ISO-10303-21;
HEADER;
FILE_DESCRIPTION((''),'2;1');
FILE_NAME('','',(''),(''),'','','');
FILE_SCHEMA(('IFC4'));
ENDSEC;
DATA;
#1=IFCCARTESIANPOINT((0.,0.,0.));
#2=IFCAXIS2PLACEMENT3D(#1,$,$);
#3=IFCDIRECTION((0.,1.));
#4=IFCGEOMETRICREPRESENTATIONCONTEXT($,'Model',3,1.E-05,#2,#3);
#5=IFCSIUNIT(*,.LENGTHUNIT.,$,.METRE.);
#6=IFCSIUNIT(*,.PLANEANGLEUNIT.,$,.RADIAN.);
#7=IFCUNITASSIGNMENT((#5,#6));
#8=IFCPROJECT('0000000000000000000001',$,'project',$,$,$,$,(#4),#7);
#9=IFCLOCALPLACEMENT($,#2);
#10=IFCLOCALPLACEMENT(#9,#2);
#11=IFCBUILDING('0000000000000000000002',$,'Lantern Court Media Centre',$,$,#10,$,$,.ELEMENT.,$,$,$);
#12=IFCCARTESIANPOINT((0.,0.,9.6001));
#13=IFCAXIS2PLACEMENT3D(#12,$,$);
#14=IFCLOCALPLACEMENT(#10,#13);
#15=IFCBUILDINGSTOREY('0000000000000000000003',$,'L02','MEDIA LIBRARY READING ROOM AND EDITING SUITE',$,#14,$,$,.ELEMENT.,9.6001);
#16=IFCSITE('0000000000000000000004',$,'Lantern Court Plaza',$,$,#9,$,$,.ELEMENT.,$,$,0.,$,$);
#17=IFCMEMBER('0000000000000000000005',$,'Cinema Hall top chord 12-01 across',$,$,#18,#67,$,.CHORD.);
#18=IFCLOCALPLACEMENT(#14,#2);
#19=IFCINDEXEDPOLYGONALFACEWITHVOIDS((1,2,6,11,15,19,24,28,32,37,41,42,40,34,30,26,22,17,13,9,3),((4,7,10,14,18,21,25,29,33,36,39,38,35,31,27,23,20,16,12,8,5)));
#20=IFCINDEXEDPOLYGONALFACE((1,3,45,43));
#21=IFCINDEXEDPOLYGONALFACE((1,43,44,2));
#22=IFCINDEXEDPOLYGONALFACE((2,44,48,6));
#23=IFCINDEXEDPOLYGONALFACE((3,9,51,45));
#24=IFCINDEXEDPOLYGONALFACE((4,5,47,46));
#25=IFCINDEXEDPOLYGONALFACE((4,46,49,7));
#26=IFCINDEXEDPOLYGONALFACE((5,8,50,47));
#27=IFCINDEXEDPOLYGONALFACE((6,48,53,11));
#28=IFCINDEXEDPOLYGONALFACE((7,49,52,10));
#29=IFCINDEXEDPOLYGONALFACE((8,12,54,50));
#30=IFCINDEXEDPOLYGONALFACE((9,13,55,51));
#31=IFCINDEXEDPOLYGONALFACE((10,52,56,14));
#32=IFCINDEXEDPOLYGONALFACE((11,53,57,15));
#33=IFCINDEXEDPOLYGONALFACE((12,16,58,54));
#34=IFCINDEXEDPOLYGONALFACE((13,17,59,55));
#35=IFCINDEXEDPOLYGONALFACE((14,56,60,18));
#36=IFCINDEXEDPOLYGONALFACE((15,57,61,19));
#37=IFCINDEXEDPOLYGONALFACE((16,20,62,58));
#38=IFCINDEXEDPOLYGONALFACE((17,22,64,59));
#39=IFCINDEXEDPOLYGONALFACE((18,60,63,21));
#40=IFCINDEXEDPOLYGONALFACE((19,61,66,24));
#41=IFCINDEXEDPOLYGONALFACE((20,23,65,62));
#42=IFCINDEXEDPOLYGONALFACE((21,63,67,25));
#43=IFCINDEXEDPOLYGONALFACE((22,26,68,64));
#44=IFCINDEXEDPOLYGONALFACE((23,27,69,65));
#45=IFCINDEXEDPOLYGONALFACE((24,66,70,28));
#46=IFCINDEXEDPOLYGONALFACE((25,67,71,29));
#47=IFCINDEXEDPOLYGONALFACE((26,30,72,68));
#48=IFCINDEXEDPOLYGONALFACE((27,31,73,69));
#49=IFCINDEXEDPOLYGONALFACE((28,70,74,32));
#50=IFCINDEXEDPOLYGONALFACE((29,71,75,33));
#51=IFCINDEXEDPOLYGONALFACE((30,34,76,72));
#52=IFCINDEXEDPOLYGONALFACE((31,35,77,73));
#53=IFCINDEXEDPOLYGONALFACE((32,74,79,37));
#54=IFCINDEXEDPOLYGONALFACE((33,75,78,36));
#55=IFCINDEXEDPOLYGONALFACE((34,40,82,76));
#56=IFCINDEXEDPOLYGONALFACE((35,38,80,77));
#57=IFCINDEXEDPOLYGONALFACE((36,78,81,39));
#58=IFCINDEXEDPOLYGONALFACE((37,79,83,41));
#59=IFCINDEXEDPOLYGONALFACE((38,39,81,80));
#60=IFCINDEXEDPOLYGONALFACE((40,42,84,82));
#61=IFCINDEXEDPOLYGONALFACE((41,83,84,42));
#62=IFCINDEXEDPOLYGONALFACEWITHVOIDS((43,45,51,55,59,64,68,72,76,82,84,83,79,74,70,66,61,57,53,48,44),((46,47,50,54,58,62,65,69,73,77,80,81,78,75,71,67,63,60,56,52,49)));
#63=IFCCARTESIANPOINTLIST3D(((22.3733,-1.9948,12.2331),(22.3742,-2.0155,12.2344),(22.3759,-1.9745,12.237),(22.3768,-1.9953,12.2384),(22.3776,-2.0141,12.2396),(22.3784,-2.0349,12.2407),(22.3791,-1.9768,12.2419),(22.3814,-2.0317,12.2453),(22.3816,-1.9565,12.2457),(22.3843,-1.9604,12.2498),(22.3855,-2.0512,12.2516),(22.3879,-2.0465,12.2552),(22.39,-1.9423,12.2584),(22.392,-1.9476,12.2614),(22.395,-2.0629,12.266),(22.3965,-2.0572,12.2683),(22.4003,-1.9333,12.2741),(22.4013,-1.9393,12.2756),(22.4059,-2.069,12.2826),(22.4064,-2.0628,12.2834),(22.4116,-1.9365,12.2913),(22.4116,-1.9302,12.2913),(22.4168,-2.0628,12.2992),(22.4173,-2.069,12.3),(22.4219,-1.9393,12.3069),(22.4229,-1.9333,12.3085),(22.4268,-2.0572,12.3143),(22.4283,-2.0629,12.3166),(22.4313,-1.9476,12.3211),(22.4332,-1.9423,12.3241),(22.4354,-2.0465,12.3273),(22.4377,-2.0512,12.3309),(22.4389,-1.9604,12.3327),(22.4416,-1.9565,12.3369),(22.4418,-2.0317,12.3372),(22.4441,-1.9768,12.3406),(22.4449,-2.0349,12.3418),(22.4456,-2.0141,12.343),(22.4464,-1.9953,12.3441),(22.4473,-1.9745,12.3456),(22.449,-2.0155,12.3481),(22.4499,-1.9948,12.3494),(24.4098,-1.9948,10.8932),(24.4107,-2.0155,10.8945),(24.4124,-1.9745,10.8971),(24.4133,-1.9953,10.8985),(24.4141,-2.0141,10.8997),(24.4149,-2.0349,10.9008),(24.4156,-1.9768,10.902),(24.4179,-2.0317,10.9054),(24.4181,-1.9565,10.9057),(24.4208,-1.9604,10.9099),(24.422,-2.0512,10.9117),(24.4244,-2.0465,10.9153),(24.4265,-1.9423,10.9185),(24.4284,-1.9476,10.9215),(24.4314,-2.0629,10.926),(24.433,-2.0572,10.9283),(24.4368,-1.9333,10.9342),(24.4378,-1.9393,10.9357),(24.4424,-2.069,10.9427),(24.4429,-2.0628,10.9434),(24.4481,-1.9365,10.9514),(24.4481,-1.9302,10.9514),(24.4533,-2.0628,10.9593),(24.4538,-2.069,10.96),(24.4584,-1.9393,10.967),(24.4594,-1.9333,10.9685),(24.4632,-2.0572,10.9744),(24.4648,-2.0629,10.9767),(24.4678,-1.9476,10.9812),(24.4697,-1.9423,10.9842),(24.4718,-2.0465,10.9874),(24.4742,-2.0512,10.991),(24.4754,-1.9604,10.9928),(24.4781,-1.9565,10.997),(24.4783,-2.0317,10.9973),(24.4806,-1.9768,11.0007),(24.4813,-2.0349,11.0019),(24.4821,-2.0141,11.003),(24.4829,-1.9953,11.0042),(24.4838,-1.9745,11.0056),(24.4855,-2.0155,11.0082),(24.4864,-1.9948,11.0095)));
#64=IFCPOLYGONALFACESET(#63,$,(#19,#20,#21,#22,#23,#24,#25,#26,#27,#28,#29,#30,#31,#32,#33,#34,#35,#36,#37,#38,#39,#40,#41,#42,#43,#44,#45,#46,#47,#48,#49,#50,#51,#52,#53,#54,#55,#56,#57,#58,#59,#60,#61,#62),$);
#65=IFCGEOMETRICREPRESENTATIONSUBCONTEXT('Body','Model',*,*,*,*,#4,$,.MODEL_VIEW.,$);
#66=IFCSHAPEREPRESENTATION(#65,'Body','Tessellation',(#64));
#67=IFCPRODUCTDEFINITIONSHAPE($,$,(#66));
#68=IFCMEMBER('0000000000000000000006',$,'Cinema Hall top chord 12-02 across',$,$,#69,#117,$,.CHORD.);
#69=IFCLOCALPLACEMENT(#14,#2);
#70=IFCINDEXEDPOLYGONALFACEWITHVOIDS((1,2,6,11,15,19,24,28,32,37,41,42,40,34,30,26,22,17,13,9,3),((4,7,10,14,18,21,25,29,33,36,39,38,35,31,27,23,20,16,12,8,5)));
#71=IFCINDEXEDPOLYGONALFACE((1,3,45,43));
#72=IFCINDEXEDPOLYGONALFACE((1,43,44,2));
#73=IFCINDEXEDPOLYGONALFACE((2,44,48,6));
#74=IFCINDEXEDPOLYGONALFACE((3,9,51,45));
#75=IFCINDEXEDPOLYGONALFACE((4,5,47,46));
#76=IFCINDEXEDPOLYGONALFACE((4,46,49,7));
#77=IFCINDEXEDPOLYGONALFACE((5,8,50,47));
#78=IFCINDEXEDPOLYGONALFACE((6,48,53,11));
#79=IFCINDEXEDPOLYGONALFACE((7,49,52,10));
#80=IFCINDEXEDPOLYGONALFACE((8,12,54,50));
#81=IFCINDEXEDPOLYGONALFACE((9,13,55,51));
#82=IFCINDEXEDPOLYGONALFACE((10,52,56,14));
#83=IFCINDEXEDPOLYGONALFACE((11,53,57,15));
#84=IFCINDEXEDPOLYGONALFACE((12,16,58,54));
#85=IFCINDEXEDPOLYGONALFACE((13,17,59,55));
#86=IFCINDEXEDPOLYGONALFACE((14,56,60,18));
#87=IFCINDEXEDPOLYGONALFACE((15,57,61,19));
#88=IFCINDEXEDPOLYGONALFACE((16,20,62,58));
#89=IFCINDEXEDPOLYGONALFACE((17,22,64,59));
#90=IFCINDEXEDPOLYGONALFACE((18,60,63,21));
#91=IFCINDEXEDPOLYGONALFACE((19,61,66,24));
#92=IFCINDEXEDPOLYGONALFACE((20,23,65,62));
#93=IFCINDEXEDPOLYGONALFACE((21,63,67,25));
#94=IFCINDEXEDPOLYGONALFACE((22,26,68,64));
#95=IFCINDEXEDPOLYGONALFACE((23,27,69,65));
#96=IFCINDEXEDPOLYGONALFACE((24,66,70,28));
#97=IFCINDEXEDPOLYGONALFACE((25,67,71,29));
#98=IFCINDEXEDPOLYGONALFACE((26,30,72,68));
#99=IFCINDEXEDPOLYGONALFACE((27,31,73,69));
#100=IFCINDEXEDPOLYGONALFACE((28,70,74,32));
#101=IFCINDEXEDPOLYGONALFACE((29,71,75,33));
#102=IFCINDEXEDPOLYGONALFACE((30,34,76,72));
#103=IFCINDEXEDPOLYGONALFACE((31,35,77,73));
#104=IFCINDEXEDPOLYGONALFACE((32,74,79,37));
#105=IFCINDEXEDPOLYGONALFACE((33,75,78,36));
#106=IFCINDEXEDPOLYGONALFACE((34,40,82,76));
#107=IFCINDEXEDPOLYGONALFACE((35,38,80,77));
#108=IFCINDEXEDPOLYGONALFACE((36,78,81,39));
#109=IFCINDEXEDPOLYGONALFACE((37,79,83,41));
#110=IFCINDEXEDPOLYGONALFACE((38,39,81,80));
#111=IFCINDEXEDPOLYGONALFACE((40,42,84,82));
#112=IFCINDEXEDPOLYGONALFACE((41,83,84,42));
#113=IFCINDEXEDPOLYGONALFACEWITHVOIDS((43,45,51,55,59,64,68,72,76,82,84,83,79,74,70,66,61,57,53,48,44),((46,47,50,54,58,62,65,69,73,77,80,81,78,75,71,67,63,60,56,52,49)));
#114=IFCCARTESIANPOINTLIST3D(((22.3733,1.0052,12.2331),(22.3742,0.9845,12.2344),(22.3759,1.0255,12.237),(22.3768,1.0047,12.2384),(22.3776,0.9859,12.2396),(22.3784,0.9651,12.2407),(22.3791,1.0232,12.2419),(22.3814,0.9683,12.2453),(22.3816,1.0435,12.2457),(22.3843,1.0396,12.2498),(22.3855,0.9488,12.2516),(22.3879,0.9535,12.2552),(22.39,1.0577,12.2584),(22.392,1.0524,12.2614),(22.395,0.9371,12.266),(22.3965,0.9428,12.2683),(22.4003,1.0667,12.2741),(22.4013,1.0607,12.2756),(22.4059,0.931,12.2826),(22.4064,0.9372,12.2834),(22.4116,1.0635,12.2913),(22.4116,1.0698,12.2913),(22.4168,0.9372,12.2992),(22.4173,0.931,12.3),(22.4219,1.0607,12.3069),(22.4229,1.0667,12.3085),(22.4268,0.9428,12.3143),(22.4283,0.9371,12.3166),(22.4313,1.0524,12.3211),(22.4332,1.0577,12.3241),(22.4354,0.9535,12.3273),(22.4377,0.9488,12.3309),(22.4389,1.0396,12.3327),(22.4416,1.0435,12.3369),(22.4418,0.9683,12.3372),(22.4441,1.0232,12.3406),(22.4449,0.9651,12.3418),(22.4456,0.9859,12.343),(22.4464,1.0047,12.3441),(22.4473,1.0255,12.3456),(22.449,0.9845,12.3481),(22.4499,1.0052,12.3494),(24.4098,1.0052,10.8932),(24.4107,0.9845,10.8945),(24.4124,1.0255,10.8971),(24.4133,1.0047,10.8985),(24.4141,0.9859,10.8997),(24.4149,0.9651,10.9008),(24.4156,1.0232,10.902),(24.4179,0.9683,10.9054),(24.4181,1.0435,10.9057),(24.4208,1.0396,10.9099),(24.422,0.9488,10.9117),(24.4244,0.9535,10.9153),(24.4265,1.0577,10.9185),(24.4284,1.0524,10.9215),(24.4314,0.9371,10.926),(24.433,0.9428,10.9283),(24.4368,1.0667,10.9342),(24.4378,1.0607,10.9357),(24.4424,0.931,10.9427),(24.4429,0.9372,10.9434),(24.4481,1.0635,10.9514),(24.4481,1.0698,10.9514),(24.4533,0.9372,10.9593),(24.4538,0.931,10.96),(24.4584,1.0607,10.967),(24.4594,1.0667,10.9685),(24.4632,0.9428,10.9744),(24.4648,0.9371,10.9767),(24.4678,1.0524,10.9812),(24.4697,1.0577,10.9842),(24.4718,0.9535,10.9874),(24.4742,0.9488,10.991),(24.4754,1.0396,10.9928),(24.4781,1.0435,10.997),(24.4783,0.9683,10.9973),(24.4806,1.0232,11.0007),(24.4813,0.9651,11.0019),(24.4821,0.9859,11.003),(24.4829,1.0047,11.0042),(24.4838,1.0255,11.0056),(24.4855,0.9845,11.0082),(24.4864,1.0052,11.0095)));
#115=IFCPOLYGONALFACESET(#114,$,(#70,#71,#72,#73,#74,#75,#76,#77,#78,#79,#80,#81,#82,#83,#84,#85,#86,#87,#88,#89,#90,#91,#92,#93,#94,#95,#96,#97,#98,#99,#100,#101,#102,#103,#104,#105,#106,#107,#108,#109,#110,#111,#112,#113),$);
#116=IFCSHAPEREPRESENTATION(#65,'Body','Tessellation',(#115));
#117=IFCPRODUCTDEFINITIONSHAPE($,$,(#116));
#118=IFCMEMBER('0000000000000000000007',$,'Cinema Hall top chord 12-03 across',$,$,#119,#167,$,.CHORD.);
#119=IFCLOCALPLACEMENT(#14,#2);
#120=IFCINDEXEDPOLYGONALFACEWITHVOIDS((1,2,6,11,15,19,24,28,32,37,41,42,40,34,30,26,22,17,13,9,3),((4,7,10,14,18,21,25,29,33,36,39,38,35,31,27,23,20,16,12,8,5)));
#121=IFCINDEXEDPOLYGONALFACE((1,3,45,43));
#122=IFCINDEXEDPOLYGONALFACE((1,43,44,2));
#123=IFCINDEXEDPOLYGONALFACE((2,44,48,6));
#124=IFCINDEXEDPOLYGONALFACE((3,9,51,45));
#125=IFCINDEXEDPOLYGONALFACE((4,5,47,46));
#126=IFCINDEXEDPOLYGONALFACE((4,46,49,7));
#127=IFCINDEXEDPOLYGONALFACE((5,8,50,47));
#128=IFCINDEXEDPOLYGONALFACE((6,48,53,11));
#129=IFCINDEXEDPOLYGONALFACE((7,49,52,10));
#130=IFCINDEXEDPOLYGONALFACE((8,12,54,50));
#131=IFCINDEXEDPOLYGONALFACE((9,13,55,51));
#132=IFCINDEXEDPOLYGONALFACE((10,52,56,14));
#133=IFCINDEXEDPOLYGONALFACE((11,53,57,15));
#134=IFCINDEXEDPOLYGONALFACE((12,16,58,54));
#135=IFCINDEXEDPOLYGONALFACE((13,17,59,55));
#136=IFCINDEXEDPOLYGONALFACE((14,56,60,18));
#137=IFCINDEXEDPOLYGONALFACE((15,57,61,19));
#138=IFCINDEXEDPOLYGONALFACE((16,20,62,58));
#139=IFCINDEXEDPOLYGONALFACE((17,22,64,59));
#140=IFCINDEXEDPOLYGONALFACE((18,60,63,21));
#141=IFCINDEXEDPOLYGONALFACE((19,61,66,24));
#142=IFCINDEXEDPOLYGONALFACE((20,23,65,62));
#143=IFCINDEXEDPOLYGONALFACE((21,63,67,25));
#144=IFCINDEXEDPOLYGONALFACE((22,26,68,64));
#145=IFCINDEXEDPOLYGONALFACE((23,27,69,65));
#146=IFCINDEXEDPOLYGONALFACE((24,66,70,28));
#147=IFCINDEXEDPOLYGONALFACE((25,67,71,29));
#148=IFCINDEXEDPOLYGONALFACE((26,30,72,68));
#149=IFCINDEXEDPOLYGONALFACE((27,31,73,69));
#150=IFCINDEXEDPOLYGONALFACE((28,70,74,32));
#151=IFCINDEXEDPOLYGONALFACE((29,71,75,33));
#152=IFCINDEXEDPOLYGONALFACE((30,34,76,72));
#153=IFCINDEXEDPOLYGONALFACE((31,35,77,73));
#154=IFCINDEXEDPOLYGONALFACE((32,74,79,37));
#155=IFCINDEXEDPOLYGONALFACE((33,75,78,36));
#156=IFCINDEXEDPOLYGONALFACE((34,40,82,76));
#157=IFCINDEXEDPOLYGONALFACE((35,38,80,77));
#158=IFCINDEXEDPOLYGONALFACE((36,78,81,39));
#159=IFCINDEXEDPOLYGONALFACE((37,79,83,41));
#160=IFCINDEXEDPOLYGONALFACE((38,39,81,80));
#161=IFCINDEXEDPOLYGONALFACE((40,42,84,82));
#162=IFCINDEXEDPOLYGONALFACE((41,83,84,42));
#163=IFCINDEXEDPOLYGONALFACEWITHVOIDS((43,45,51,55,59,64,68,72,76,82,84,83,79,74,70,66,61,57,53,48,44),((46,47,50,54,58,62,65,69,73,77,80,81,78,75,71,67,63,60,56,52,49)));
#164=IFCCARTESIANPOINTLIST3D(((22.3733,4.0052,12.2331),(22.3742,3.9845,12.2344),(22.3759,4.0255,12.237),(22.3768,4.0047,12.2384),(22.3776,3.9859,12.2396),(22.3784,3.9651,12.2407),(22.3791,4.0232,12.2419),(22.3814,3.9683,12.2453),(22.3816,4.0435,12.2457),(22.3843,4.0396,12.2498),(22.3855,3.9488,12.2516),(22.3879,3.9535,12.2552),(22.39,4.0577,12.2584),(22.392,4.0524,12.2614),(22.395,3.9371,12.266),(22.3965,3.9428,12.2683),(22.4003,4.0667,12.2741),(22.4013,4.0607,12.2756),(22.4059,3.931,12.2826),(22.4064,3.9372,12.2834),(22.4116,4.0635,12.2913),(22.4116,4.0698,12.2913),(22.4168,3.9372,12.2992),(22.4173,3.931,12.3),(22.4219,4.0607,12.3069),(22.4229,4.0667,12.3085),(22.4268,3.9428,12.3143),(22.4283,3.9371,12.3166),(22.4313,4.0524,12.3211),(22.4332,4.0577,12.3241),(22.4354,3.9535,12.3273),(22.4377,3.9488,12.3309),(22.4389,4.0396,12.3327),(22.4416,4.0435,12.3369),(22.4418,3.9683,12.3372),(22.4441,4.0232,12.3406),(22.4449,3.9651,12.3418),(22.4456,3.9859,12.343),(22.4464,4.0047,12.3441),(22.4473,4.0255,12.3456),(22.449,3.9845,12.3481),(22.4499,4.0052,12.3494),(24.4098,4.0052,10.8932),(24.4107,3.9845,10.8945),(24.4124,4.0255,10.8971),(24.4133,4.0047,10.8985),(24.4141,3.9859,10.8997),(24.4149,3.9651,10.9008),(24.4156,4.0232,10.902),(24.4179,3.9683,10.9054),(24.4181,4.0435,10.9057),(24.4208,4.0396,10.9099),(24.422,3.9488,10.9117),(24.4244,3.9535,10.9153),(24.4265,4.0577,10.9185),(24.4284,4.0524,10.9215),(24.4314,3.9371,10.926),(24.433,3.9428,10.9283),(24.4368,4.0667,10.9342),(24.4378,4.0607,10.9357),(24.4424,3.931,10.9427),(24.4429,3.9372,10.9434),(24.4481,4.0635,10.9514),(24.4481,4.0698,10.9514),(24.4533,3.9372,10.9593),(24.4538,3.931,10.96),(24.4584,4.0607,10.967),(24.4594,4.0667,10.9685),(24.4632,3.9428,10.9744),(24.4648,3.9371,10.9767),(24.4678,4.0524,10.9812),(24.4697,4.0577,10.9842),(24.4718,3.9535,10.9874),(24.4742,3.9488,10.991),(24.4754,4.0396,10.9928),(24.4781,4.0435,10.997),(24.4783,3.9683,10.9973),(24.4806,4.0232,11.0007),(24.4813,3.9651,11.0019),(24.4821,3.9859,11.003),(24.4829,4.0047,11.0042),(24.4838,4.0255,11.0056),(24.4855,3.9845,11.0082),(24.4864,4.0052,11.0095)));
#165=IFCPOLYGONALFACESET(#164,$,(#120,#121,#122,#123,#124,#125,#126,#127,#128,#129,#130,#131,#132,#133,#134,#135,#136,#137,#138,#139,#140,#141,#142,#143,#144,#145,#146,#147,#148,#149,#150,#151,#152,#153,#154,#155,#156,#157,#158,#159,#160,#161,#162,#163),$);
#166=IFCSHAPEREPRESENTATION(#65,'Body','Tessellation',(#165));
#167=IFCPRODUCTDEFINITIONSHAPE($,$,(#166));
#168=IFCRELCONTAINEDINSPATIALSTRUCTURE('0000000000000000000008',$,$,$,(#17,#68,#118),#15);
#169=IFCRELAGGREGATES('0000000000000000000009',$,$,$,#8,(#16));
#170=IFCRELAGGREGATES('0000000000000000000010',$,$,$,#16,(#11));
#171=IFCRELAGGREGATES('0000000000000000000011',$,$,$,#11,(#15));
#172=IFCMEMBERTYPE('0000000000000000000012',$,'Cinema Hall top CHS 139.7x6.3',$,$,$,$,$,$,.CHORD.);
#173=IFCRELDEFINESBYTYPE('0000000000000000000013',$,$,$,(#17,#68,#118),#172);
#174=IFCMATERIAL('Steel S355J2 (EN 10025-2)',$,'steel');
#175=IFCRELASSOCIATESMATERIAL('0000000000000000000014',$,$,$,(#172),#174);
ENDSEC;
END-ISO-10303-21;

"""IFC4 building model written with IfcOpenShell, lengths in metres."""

from ifc_helpers import new_model, si_unit, direction, frame, origin, origin_2d, place, context, subcontext, project, spatial, hollow_circle, extrude, material, material_profile, profile_set, type_object, element, save


model = new_model("IFC4")

# Units and contexts
model_context = context("Model", 3, precision=1e-05, world=origin(), true_north=direction((0.0, 1.0)))
body_context = subcontext(model_context, "Body", "Model", "MODEL_VIEW")
ifc_project = project(units=[si_unit("LENGTHUNIT", "METRE"), si_unit("PLANEANGLEUNIT", "RADIAN")], contexts=[model_context])

# Site, building, storey
site_placement = place(None, origin())
site = spatial("IfcSite", under=ifc_project, at=site_placement, Name="Lantern Court Plaza", CompositionType="ELEMENT", RefElevation=0.0)
building_placement = place(site_placement, origin())
building = spatial("IfcBuilding", under=site, at=building_placement, Name="Lantern Court Media Centre", CompositionType="ELEMENT")
storey_placement = place(building_placement, frame((0.0, 0.0, 9.6001)))
storey = spatial("IfcBuildingStorey", under=building, at=storey_placement, Name="L02", Description="MEDIA LIBRARY READING ROOM AND EDITING SUITE", CompositionType="ELEMENT", Elevation=9.6001)

# Members
ifc_material = material(Name="Steel S355J2 (EN 10025-2)", Category="steel")
ifc_material_profile_1 = material_profile(ifc_material, hollow_circle(Radius=0.0698, WallThickness=0.0063, at=origin_2d()), Name="Cinema Hall top CHS 139.7x6.3")
ifc_profile_set_1 = profile_set([ifc_material_profile_1], Name="Steel S355J2 (EN 10025-2)")
member_type_1 = type_object("IfcMemberType", Name="Cinema Hall top CHS 139.7x6.3", PredefinedType="CHORD", material=ifc_profile_set_1)
for number, where, z_axis, x_axis, name in (
    (1, (22.4116, -2.0, 12.2913), (0.835394, 0.0, -0.549651), (0.0, 1.0, 0.0), "Cinema Hall top chord 12-01 across"),
    (2, (22.4116, 1.0, 12.2913), (0.835394, 0.0, -0.549651), (0.0, 1.0, 0.0), "Cinema Hall top chord 12-02 across"),
    (3, (22.4116, 4.0, 12.2913), (0.835394, 0.0, -0.549651), (0.0, 1.0, 0.0), "Cinema Hall top chord 12-03 across"),
):
    element("IfcMember", number, at=place(storey_placement, frame(where, z_axis=z_axis, x_axis=x_axis)), inside=storey, type_object=member_type_1, Name=name, PredefinedType="CHORD", context=body_context, shape_type="SweptSolid", body=[
        extrude(hollow_circle(Radius=0.0698, WallThickness=0.0063, at=origin_2d()), origin(), (0.0, 0.0, 1.0), 2.4377),
    ])

save(model, "model.ifc")
